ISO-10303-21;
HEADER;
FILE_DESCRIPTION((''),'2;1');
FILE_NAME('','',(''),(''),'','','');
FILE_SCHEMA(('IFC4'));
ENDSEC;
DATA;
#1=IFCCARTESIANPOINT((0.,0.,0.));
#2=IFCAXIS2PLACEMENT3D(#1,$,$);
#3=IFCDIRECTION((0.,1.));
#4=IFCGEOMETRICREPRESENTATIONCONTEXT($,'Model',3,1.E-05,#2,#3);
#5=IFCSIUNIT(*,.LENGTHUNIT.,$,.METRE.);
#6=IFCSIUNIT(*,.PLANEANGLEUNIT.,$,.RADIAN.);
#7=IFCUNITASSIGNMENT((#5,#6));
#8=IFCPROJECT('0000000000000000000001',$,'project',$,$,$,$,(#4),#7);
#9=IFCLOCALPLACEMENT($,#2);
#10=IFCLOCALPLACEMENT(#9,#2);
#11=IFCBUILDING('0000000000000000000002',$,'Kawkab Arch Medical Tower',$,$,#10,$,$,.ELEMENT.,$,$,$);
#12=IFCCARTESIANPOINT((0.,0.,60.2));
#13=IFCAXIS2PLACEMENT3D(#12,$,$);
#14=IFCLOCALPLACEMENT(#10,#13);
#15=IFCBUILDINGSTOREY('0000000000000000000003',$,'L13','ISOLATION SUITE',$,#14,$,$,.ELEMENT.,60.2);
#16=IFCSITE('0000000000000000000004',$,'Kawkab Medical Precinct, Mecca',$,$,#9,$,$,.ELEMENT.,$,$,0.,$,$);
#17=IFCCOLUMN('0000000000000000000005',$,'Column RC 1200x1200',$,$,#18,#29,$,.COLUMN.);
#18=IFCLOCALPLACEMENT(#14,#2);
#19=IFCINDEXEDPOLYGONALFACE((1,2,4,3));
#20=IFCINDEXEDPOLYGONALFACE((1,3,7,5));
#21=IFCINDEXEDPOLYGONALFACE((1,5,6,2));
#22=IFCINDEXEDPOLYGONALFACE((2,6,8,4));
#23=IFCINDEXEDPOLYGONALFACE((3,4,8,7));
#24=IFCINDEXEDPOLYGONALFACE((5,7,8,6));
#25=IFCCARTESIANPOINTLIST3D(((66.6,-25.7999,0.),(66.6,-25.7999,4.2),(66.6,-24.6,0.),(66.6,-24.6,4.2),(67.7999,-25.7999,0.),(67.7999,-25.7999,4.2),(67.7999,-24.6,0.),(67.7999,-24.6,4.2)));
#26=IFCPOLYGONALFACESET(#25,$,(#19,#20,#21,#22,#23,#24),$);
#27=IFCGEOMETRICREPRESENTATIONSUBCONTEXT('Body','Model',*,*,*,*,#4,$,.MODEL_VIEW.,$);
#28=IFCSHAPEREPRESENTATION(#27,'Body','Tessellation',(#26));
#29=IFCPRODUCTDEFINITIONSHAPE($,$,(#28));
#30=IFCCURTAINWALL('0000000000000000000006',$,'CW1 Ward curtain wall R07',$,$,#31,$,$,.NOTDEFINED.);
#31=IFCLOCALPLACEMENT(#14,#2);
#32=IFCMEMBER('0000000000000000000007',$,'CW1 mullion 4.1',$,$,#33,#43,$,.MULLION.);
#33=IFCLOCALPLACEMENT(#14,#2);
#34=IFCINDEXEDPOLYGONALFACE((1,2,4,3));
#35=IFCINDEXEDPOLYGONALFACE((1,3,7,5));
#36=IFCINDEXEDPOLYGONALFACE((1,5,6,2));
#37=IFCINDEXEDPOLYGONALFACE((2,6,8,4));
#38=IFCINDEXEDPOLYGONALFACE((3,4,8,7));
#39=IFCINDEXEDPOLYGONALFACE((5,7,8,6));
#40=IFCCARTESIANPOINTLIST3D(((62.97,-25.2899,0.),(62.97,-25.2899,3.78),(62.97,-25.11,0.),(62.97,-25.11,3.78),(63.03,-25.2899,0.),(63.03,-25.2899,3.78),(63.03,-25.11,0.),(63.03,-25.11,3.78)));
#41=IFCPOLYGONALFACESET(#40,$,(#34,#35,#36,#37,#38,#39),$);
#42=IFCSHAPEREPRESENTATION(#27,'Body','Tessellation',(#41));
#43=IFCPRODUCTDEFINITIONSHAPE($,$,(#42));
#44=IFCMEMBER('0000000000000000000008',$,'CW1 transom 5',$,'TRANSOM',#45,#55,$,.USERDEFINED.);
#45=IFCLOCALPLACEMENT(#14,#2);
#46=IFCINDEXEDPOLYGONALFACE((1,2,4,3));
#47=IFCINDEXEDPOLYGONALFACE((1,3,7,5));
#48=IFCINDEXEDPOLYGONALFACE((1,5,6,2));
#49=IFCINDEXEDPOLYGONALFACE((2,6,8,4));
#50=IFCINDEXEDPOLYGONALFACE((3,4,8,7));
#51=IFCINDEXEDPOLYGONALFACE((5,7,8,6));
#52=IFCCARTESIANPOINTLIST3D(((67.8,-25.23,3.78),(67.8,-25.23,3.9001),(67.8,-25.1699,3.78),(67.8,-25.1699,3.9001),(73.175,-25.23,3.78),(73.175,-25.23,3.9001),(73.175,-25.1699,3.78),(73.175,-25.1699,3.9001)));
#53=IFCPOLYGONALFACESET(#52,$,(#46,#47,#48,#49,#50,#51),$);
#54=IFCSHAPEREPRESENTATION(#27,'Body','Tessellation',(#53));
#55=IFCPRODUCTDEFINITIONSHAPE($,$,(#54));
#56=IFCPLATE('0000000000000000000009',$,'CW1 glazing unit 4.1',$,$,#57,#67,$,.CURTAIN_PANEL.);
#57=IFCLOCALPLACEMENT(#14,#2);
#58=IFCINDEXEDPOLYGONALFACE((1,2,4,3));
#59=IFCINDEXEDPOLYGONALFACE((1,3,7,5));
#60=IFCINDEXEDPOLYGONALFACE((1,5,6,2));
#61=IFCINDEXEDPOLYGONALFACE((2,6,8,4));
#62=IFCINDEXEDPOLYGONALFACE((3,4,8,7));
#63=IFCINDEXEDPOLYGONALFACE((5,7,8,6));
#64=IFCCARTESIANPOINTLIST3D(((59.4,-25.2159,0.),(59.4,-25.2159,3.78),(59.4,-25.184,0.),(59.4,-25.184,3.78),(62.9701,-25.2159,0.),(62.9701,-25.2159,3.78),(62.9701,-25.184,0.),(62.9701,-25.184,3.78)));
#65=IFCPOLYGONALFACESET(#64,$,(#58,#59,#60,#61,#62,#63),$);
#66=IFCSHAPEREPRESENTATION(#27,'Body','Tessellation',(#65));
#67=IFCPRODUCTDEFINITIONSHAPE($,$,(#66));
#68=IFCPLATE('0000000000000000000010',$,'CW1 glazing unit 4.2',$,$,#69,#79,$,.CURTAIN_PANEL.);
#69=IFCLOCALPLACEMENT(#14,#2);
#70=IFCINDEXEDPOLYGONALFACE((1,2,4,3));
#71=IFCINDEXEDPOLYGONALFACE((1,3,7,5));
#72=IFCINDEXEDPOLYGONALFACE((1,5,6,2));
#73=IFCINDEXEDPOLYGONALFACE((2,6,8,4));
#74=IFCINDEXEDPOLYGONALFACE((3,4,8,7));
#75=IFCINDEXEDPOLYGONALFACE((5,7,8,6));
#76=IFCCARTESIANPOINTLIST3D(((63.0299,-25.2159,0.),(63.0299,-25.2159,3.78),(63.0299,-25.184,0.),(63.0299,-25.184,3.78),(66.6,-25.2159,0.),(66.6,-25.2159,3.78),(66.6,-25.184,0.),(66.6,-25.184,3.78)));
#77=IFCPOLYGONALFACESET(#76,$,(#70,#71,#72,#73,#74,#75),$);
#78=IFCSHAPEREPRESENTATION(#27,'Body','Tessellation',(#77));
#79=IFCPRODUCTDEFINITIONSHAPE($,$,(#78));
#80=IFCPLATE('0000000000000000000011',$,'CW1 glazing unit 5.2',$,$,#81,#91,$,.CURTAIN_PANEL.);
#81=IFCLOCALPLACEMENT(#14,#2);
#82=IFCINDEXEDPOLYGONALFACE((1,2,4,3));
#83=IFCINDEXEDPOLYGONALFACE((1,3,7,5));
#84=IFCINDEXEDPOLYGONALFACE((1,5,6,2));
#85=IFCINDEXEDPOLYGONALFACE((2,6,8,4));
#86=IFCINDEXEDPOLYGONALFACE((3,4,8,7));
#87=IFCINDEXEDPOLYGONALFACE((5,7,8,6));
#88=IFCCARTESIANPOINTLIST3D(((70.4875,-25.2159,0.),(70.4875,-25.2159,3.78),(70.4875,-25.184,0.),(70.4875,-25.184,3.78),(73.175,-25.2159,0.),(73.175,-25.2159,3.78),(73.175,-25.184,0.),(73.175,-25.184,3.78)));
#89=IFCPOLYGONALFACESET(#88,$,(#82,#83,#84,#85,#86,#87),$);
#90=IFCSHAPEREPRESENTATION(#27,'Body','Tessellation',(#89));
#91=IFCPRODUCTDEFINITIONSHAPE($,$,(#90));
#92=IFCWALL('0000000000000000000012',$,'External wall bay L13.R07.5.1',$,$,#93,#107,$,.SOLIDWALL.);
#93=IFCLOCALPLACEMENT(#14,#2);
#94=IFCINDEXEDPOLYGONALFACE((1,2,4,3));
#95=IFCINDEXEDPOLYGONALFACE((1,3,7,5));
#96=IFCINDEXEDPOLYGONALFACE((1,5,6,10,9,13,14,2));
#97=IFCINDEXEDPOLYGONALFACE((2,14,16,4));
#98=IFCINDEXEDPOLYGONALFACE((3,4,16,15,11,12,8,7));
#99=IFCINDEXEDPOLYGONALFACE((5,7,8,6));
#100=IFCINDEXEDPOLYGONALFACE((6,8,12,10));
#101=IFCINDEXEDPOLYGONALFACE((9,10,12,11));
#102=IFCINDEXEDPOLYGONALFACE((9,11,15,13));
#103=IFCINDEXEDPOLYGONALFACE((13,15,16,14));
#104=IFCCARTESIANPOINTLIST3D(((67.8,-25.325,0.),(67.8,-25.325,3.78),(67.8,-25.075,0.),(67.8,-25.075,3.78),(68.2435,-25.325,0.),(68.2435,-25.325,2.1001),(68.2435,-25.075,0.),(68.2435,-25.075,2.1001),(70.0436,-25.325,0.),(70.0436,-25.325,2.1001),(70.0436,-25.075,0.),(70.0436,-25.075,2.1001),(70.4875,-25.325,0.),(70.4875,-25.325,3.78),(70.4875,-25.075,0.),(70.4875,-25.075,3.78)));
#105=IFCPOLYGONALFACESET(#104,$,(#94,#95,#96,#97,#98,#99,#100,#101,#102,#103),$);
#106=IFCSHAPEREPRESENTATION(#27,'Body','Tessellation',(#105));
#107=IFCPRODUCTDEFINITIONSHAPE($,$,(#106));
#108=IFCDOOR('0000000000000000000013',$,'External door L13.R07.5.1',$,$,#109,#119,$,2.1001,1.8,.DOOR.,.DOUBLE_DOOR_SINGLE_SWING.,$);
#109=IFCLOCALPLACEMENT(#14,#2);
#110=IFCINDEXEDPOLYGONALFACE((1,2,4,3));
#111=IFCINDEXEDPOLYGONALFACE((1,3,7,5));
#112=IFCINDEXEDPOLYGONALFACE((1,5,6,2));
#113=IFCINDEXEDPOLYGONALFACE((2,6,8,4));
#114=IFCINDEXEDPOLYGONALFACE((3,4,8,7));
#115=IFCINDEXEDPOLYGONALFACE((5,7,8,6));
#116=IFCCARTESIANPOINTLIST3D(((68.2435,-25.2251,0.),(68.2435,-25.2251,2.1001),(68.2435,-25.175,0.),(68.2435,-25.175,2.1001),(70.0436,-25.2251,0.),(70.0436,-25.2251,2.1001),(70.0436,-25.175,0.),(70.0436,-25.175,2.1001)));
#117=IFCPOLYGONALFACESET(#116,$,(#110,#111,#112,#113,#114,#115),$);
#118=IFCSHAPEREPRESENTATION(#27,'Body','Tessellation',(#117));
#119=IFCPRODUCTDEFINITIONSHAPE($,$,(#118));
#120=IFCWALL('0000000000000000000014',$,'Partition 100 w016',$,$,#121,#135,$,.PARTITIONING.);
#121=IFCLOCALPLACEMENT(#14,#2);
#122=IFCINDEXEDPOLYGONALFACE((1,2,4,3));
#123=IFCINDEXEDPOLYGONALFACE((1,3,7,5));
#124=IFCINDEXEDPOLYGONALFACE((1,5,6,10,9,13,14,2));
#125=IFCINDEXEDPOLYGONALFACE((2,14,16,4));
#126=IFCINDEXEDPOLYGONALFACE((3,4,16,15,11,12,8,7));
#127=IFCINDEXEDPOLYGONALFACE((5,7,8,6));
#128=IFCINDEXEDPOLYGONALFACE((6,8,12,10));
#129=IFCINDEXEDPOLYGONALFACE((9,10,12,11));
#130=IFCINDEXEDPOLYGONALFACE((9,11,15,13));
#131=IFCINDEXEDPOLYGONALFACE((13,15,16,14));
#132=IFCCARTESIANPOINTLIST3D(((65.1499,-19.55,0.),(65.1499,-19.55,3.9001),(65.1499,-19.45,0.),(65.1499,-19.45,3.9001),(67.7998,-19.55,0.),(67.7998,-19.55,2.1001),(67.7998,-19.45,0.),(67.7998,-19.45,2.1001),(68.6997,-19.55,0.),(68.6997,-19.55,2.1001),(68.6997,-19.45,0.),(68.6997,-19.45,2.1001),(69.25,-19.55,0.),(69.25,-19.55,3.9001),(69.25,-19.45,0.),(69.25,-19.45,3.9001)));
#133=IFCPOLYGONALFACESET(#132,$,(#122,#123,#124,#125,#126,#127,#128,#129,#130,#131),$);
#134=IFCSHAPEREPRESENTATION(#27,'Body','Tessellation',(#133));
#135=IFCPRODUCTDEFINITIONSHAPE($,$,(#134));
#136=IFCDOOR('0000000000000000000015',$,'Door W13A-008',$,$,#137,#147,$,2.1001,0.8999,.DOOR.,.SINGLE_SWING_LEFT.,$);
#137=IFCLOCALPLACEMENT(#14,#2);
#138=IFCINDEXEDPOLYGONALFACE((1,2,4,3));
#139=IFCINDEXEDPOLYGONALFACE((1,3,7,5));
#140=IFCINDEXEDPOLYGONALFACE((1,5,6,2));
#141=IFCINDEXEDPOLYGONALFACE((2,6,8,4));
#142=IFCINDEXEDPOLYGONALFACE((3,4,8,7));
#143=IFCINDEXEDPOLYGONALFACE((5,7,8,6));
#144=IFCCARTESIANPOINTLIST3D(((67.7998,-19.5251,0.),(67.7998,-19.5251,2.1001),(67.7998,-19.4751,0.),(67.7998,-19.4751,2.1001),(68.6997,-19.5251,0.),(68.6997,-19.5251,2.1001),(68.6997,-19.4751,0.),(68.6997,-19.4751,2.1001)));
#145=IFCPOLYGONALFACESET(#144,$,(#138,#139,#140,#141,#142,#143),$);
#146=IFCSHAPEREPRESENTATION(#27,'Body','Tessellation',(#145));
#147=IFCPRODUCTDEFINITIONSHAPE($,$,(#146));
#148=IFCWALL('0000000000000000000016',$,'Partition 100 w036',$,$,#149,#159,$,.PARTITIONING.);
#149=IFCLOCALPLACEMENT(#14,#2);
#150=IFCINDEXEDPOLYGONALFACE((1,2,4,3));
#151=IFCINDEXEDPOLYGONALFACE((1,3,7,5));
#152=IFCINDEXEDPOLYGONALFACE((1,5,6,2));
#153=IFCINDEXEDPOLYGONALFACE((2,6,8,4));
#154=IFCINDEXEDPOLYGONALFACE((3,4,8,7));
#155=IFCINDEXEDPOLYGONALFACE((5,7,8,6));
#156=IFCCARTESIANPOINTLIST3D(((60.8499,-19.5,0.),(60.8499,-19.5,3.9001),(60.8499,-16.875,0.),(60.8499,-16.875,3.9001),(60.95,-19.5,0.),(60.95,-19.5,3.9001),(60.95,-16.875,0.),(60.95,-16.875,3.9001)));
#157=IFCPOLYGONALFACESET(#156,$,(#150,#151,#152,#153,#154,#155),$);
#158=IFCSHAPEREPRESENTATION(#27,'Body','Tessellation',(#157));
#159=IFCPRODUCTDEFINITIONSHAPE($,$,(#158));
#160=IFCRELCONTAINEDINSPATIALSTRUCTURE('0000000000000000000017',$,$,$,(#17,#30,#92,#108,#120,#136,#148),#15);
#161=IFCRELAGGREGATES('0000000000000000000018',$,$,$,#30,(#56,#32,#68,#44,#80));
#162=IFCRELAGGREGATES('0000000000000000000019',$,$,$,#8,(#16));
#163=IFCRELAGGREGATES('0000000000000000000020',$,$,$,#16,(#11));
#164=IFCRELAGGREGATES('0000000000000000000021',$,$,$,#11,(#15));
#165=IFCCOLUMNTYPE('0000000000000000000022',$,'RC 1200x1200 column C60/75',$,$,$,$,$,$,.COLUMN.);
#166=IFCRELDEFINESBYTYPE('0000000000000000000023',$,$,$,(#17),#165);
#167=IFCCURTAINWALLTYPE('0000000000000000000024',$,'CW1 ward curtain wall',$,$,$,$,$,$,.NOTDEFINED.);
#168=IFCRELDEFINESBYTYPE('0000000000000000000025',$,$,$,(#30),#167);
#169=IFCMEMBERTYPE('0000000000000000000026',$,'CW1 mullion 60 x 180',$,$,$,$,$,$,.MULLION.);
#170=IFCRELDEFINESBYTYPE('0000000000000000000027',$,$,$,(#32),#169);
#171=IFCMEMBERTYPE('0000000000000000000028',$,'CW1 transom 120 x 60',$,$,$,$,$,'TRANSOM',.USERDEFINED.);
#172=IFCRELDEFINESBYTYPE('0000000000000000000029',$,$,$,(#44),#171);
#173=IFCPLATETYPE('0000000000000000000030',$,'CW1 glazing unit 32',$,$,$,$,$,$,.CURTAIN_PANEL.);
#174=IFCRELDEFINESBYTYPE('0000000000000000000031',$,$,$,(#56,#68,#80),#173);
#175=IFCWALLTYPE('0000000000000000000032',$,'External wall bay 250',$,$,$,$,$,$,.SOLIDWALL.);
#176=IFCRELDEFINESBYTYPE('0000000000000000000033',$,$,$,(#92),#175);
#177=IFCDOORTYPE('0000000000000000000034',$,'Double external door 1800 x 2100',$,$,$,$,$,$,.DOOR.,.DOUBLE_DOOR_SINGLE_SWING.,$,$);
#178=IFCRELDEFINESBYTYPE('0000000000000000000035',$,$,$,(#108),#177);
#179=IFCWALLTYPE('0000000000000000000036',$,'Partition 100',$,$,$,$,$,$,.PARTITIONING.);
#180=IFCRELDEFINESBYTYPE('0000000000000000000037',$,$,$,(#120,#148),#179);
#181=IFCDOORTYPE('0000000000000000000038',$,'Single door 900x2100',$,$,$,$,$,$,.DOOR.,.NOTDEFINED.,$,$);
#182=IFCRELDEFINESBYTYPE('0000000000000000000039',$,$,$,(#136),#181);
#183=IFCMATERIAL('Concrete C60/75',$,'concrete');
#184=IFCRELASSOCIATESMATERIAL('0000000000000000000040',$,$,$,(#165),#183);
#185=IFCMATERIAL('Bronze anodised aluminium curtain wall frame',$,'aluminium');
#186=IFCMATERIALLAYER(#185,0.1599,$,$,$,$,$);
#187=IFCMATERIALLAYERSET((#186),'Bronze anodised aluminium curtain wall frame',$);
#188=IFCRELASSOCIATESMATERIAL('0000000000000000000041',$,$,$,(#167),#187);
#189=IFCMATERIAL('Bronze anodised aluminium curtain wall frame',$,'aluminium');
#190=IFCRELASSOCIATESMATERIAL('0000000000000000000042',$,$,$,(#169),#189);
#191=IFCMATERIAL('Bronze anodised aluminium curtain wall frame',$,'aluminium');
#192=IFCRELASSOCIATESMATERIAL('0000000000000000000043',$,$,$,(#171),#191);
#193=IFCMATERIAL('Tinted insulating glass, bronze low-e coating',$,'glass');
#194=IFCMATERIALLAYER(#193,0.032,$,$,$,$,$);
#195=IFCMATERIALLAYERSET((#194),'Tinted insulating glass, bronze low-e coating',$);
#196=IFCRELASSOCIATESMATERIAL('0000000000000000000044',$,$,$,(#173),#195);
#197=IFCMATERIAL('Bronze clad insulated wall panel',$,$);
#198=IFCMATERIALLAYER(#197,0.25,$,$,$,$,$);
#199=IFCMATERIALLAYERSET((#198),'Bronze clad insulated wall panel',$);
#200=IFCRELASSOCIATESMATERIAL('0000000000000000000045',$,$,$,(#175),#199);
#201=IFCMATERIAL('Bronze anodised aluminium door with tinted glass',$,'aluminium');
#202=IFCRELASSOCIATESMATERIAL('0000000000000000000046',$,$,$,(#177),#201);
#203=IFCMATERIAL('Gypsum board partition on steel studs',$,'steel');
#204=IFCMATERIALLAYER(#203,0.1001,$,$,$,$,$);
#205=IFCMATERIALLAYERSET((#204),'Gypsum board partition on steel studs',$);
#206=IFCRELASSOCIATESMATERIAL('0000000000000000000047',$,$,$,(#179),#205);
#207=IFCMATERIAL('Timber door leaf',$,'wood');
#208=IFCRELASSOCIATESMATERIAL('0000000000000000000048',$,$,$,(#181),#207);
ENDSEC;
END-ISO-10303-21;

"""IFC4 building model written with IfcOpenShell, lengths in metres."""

from ifc_helpers import new_model, si_unit, direction, frame, frame_2d, origin, origin_2d, place, context, subcontext, project, spatial, rectangle, extrude, material, layer, layer_set, material_profile, profile_set, type_object, element, fill, aggregate, save


model = new_model("IFC4")

# Units and contexts
model_context = context("Model", 3, precision=1e-05, world=origin(), true_north=direction((0.0, 1.0)))
body_context = subcontext(model_context, "Body", "Model", "MODEL_VIEW")
ifc_project = project(units=[si_unit("LENGTHUNIT", "METRE"), si_unit("PLANEANGLEUNIT", "RADIAN")], contexts=[model_context])

# Site, building, storey
site_placement = place(None, origin())
site = spatial("IfcSite", under=ifc_project, at=site_placement, Name="Kawkab Medical Precinct, Mecca", CompositionType="ELEMENT", RefElevation=0.0)
building_placement = place(site_placement, origin())
building = spatial("IfcBuilding", under=site, at=building_placement, Name="Kawkab Arch Medical Tower", CompositionType="ELEMENT")
storey_placement = place(building_placement, frame((0.0, 0.0, 60.2)))
storey = spatial("IfcBuildingStorey", under=building, at=storey_placement, Name="L13", Description="ISOLATION SUITE", CompositionType="ELEMENT", Elevation=60.2)

# Column
ifc_material_1 = material(Name="Concrete C60/75", Category="concrete")
ifc_material_profile_1 = material_profile(ifc_material_1, rectangle(XDim=1.2, YDim=1.2, at=origin_2d()), Name="RC 1200x1200")
ifc_profile_set_1 = profile_set([ifc_material_profile_1], Name="Concrete C60/75")
column_type = type_object("IfcColumnType", Name="RC 1200x1200 column C60/75", PredefinedType="COLUMN", material=ifc_profile_set_1)
column_placement = place(storey_placement, frame((67.2, -25.2, 0.0), z_axis=(0.0, 0.0, 1.0), x_axis=(1.0, 0.0, 0.0)))
element("IfcColumn", 1, at=column_placement, inside=storey, type_object=column_type, Name="Column RC 1200x1200", PredefinedType="COLUMN", context=body_context, shape_type="SweptSolid", body=[
    extrude(rectangle(XDim=1.2, YDim=1.2, at=origin_2d()), origin(), (0.0, 0.0, 1.0), 4.2),
])

# Curtain wall, members, plates
ifc_material_2 = material(Name="Bronze anodised aluminium curtain wall frame", Category="aluminium")
ifc_layer_1 = layer(ifc_material_2, 0.1599)
ifc_layer_set_1 = layer_set([ifc_layer_1], Name="Bronze anodised aluminium curtain wall frame")
curtain_wall_type = type_object("IfcCurtainWallType", Name="CW1 ward curtain wall", PredefinedType="NOTDEFINED", material=ifc_layer_set_1)
curtain_wall_placement = place(storey_placement, origin())
curtain_wall = element("IfcCurtainWall", 2, at=curtain_wall_placement, inside=storey, type_object=curtain_wall_type, Name="CW1 Ward curtain wall R07", PredefinedType="NOTDEFINED")
ifc_material_3 = material(Name="Bronze anodised aluminium curtain wall frame", Category="aluminium")
ifc_material_profile_2 = material_profile(ifc_material_3, rectangle(XDim=0.1799, YDim=0.0601, at=origin_2d()), Name="AL 60x180")
ifc_profile_set_2 = profile_set([ifc_material_profile_2], Name="Bronze anodised aluminium curtain wall frame")
member_type_1 = type_object("IfcMemberType", Name="CW1 mullion 60 x 180", PredefinedType="MULLION", material=ifc_profile_set_2)
member_1_placement = place(storey_placement, frame((63.0, -25.2, 0.0), z_axis=(0.0, 0.0, 1.0), x_axis=(0.0, 1.0, 0.0)))
member_1 = element("IfcMember", 3, at=member_1_placement, type_object=member_type_1, Name="CW1 mullion 4.1", PredefinedType="MULLION", context=body_context, shape_type="SweptSolid", body=[
    extrude(rectangle(XDim=0.1799, YDim=0.0601, at=origin_2d()), origin(), (0.0, 0.0, 1.0), 3.78),
])
ifc_material_4 = material(Name="Bronze anodised aluminium curtain wall frame", Category="aluminium")
ifc_material_profile_3 = material_profile(ifc_material_4, rectangle(XDim=0.0601, YDim=0.1201, at=origin_2d()), Name="AL 60x120")
ifc_profile_set_3 = profile_set([ifc_material_profile_3], Name="Bronze anodised aluminium curtain wall frame")
member_type_2 = type_object("IfcMemberType", Name="CW1 transom 120 x 60", ElementType="TRANSOM", PredefinedType="USERDEFINED", material=ifc_profile_set_3)
member_2_placement = place(storey_placement, frame((67.8, -25.2, 3.8401), z_axis=(1.0, 0.0, 0.0), x_axis=(0.0, 1.0, 0.0)))
member_2 = element("IfcMember", 4, at=member_2_placement, type_object=member_type_2, Name="CW1 transom 5", ObjectType="TRANSOM", PredefinedType="USERDEFINED", context=body_context, shape_type="SweptSolid", body=[
    extrude(rectangle(XDim=0.0601, YDim=0.1201, at=origin_2d()), origin(), (0.0, 0.0, 1.0), 5.375),
])
ifc_material_5 = material(Name="Tinted insulating glass, bronze low-e coating", Category="glass")
ifc_layer_2 = layer(ifc_material_5, 0.032)
ifc_layer_set_2 = layer_set([ifc_layer_2], Name="Tinted insulating glass, bronze low-e coating")
plate_type = type_object("IfcPlateType", Name="CW1 glazing unit 32", PredefinedType="CURTAIN_PANEL", material=ifc_layer_set_2)
plate_1_placement = place(storey_placement, frame((61.1851, -25.2, 0.0), z_axis=(0.0, 0.0, 1.0), x_axis=(1.0, 0.0, 0.0)))
plate_1 = element("IfcPlate", 5, at=plate_1_placement, type_object=plate_type, Name="CW1 glazing unit 4.1", PredefinedType="CURTAIN_PANEL", context=body_context, shape_type="SweptSolid", body=[
    extrude(rectangle(XDim=3.5701, YDim=0.032, at=origin_2d()), origin(), (0.0, 0.0, 1.0), 3.78),
])
plate_2_placement = place(storey_placement, frame((64.8149, -25.2, 0.0), z_axis=(0.0, 0.0, 1.0), x_axis=(1.0, 0.0, 0.0)))
plate_2 = element("IfcPlate", 6, at=plate_2_placement, type_object=plate_type, Name="CW1 glazing unit 4.2", PredefinedType="CURTAIN_PANEL", context=body_context, shape_type="SweptSolid", body=[
    extrude(rectangle(XDim=3.5701, YDim=0.032, at=origin_2d()), origin(), (0.0, 0.0, 1.0), 3.78),
])
plate_3_placement = place(storey_placement, frame((71.8313, -25.2, 0.0), z_axis=(0.0, 0.0, 1.0), x_axis=(1.0, 0.0, 0.0)))
plate_3 = element("IfcPlate", 7, at=plate_3_placement, type_object=plate_type, Name="CW1 glazing unit 5.2", PredefinedType="CURTAIN_PANEL", context=body_context, shape_type="SweptSolid", body=[
    extrude(rectangle(XDim=2.6875, YDim=0.032, at=origin_2d()), origin(), (0.0, 0.0, 1.0), 3.78),
])
aggregate(curtain_wall, [plate_1, member_1, plate_2, member_2, plate_3])

# Walls, openings, doors
ifc_material_6 = material(Name="Bronze clad insulated wall panel")
ifc_layer_3 = layer(ifc_material_6, 0.25)
ifc_layer_set_3 = layer_set([ifc_layer_3], Name="Bronze clad insulated wall panel")
wall_type_1 = type_object("IfcWallType", Name="External wall bay 250", PredefinedType="SOLIDWALL", material=ifc_layer_set_3)
wall_1_placement = place(storey_placement, frame((67.8, -25.2, 0.0), z_axis=(0.0, 0.0, 1.0), x_axis=(1.0, 0.0, 0.0)))
wall_1 = element("IfcWall", 8, at=wall_1_placement, inside=storey, type_object=wall_type_1, Name="External wall bay L13.R07.5.1", PredefinedType="SOLIDWALL", context=body_context, shape_type="SweptSolid", body=[
    extrude(rectangle(XDim=2.6875, YDim=0.25, at=frame_2d((1.3438, 0.0))), origin(), (0.0, 0.0, 1.0), 3.78),
])
opening_1_placement = place(wall_1_placement, frame((0.4436, 0.0, 0.0)))
opening_1 = element("IfcOpeningElement", 9, at=opening_1_placement, cuts=wall_1, PredefinedType="OPENING", context=body_context, shape_type="SweptSolid", body=[
    extrude(rectangle(XDim=1.8, YDim=2.1001, at=frame_2d((0.8999, 1.05))), frame((0.0, 0.135, 0.0), z_axis=(0.0, -1.0, 0.0), x_axis=(1.0, 0.0, 0.0)), (0.0, 0.0, 1.0), 0.27),
])
ifc_material_7 = material(Name="Bronze anodised aluminium door with tinted glass", Category="aluminium")
door_type_1 = type_object("IfcDoorType", Name="Double external door 1800 x 2100", OperationType="DOUBLE_DOOR_SINGLE_SWING", PredefinedType="DOOR", material=ifc_material_7)
door_1_placement = place(opening_1_placement, origin())
door_1 = element("IfcDoor", 10, at=door_1_placement, inside=storey, type_object=door_type_1, Name="External door L13.R07.5.1", OperationType="DOUBLE_DOOR_SINGLE_SWING", OverallHeight=2.1001, OverallWidth=1.8, PredefinedType="DOOR", context=body_context, shape_type="SweptSolid", body=[
    extrude(rectangle(XDim=1.8, YDim=2.1001, at=frame_2d((0.8999, 1.05))), frame((0.0, 0.0249, 0.0), z_axis=(0.0, -1.0, 0.0), x_axis=(1.0, 0.0, 0.0)), (0.0, 0.0, 1.0), 0.05),
])
fill(opening_1, door_1)
ifc_material_8 = material(Name="Gypsum board partition on steel studs", Category="steel")
ifc_layer_4 = layer(ifc_material_8, 0.1001)
ifc_layer_set_4 = layer_set([ifc_layer_4], Name="Gypsum board partition on steel studs")
wall_type_2 = type_object("IfcWallType", Name="Partition 100", PredefinedType="PARTITIONING", material=ifc_layer_set_4)
wall_2_placement = place(storey_placement, frame((65.1499, -19.5, 0.0), z_axis=(0.0, 0.0, 1.0), x_axis=(1.0, 0.0, 0.0)))
wall_2 = element("IfcWall", 11, at=wall_2_placement, inside=storey, type_object=wall_type_2, Name="Partition 100 w016", PredefinedType="PARTITIONING", context=body_context, shape_type="SweptSolid", body=[
    extrude(rectangle(XDim=4.1001, YDim=0.1001, at=frame_2d((2.05, 0.0))), origin(), (0.0, 0.0, 1.0), 3.9001),
])
opening_2_placement = place(wall_2_placement, frame((2.6499, 0.0, 0.0)))
opening_2 = element("IfcOpeningElement", 12, at=opening_2_placement, cuts=wall_2, PredefinedType="OPENING", context=body_context, shape_type="SweptSolid", body=[
    extrude(rectangle(XDim=0.8999, YDim=2.1001, at=frame_2d((0.45, 1.05))), frame((0.0, 0.0601, 0.0), z_axis=(0.0, -1.0, 0.0), x_axis=(1.0, 0.0, 0.0)), (0.0, 0.0, 1.0), 0.1201),
])
ifc_material_9 = material(Name="Timber door leaf", Category="wood")
door_type_2 = type_object("IfcDoorType", Name="Single door 900x2100", OperationType="NOTDEFINED", PredefinedType="DOOR", material=ifc_material_9)
door_2_placement = place(opening_2_placement, origin())
door_2 = element("IfcDoor", 13, at=door_2_placement, inside=storey, type_object=door_type_2, Name="Door W13A-008", OperationType="SINGLE_SWING_LEFT", OverallHeight=2.1001, OverallWidth=0.8999, PredefinedType="DOOR", context=body_context, shape_type="SweptSolid", body=[
    extrude(rectangle(XDim=0.8999, YDim=2.1001, at=frame_2d((0.45, 1.05))), frame((0.0, 0.0249, 0.0), z_axis=(0.0, -1.0, 0.0), x_axis=(1.0, 0.0, 0.0)), (0.0, 0.0, 1.0), 0.05),
])
fill(opening_2, door_2)

# Wall
wall_3_placement = place(storey_placement, frame((60.8999, -19.5, 0.0), z_axis=(0.0, 0.0, 1.0), x_axis=(0.0, 1.0, 0.0)))
element("IfcWall", 14, at=wall_3_placement, inside=storey, type_object=wall_type_2, Name="Partition 100 w036", PredefinedType="PARTITIONING", context=body_context, shape_type="SweptSolid", body=[
    extrude(rectangle(XDim=2.625, YDim=0.1001, at=frame_2d((1.3125, 0.0))), origin(), (0.0, 0.0, 1.0), 3.9001),
])

save(model, "model.ifc")
